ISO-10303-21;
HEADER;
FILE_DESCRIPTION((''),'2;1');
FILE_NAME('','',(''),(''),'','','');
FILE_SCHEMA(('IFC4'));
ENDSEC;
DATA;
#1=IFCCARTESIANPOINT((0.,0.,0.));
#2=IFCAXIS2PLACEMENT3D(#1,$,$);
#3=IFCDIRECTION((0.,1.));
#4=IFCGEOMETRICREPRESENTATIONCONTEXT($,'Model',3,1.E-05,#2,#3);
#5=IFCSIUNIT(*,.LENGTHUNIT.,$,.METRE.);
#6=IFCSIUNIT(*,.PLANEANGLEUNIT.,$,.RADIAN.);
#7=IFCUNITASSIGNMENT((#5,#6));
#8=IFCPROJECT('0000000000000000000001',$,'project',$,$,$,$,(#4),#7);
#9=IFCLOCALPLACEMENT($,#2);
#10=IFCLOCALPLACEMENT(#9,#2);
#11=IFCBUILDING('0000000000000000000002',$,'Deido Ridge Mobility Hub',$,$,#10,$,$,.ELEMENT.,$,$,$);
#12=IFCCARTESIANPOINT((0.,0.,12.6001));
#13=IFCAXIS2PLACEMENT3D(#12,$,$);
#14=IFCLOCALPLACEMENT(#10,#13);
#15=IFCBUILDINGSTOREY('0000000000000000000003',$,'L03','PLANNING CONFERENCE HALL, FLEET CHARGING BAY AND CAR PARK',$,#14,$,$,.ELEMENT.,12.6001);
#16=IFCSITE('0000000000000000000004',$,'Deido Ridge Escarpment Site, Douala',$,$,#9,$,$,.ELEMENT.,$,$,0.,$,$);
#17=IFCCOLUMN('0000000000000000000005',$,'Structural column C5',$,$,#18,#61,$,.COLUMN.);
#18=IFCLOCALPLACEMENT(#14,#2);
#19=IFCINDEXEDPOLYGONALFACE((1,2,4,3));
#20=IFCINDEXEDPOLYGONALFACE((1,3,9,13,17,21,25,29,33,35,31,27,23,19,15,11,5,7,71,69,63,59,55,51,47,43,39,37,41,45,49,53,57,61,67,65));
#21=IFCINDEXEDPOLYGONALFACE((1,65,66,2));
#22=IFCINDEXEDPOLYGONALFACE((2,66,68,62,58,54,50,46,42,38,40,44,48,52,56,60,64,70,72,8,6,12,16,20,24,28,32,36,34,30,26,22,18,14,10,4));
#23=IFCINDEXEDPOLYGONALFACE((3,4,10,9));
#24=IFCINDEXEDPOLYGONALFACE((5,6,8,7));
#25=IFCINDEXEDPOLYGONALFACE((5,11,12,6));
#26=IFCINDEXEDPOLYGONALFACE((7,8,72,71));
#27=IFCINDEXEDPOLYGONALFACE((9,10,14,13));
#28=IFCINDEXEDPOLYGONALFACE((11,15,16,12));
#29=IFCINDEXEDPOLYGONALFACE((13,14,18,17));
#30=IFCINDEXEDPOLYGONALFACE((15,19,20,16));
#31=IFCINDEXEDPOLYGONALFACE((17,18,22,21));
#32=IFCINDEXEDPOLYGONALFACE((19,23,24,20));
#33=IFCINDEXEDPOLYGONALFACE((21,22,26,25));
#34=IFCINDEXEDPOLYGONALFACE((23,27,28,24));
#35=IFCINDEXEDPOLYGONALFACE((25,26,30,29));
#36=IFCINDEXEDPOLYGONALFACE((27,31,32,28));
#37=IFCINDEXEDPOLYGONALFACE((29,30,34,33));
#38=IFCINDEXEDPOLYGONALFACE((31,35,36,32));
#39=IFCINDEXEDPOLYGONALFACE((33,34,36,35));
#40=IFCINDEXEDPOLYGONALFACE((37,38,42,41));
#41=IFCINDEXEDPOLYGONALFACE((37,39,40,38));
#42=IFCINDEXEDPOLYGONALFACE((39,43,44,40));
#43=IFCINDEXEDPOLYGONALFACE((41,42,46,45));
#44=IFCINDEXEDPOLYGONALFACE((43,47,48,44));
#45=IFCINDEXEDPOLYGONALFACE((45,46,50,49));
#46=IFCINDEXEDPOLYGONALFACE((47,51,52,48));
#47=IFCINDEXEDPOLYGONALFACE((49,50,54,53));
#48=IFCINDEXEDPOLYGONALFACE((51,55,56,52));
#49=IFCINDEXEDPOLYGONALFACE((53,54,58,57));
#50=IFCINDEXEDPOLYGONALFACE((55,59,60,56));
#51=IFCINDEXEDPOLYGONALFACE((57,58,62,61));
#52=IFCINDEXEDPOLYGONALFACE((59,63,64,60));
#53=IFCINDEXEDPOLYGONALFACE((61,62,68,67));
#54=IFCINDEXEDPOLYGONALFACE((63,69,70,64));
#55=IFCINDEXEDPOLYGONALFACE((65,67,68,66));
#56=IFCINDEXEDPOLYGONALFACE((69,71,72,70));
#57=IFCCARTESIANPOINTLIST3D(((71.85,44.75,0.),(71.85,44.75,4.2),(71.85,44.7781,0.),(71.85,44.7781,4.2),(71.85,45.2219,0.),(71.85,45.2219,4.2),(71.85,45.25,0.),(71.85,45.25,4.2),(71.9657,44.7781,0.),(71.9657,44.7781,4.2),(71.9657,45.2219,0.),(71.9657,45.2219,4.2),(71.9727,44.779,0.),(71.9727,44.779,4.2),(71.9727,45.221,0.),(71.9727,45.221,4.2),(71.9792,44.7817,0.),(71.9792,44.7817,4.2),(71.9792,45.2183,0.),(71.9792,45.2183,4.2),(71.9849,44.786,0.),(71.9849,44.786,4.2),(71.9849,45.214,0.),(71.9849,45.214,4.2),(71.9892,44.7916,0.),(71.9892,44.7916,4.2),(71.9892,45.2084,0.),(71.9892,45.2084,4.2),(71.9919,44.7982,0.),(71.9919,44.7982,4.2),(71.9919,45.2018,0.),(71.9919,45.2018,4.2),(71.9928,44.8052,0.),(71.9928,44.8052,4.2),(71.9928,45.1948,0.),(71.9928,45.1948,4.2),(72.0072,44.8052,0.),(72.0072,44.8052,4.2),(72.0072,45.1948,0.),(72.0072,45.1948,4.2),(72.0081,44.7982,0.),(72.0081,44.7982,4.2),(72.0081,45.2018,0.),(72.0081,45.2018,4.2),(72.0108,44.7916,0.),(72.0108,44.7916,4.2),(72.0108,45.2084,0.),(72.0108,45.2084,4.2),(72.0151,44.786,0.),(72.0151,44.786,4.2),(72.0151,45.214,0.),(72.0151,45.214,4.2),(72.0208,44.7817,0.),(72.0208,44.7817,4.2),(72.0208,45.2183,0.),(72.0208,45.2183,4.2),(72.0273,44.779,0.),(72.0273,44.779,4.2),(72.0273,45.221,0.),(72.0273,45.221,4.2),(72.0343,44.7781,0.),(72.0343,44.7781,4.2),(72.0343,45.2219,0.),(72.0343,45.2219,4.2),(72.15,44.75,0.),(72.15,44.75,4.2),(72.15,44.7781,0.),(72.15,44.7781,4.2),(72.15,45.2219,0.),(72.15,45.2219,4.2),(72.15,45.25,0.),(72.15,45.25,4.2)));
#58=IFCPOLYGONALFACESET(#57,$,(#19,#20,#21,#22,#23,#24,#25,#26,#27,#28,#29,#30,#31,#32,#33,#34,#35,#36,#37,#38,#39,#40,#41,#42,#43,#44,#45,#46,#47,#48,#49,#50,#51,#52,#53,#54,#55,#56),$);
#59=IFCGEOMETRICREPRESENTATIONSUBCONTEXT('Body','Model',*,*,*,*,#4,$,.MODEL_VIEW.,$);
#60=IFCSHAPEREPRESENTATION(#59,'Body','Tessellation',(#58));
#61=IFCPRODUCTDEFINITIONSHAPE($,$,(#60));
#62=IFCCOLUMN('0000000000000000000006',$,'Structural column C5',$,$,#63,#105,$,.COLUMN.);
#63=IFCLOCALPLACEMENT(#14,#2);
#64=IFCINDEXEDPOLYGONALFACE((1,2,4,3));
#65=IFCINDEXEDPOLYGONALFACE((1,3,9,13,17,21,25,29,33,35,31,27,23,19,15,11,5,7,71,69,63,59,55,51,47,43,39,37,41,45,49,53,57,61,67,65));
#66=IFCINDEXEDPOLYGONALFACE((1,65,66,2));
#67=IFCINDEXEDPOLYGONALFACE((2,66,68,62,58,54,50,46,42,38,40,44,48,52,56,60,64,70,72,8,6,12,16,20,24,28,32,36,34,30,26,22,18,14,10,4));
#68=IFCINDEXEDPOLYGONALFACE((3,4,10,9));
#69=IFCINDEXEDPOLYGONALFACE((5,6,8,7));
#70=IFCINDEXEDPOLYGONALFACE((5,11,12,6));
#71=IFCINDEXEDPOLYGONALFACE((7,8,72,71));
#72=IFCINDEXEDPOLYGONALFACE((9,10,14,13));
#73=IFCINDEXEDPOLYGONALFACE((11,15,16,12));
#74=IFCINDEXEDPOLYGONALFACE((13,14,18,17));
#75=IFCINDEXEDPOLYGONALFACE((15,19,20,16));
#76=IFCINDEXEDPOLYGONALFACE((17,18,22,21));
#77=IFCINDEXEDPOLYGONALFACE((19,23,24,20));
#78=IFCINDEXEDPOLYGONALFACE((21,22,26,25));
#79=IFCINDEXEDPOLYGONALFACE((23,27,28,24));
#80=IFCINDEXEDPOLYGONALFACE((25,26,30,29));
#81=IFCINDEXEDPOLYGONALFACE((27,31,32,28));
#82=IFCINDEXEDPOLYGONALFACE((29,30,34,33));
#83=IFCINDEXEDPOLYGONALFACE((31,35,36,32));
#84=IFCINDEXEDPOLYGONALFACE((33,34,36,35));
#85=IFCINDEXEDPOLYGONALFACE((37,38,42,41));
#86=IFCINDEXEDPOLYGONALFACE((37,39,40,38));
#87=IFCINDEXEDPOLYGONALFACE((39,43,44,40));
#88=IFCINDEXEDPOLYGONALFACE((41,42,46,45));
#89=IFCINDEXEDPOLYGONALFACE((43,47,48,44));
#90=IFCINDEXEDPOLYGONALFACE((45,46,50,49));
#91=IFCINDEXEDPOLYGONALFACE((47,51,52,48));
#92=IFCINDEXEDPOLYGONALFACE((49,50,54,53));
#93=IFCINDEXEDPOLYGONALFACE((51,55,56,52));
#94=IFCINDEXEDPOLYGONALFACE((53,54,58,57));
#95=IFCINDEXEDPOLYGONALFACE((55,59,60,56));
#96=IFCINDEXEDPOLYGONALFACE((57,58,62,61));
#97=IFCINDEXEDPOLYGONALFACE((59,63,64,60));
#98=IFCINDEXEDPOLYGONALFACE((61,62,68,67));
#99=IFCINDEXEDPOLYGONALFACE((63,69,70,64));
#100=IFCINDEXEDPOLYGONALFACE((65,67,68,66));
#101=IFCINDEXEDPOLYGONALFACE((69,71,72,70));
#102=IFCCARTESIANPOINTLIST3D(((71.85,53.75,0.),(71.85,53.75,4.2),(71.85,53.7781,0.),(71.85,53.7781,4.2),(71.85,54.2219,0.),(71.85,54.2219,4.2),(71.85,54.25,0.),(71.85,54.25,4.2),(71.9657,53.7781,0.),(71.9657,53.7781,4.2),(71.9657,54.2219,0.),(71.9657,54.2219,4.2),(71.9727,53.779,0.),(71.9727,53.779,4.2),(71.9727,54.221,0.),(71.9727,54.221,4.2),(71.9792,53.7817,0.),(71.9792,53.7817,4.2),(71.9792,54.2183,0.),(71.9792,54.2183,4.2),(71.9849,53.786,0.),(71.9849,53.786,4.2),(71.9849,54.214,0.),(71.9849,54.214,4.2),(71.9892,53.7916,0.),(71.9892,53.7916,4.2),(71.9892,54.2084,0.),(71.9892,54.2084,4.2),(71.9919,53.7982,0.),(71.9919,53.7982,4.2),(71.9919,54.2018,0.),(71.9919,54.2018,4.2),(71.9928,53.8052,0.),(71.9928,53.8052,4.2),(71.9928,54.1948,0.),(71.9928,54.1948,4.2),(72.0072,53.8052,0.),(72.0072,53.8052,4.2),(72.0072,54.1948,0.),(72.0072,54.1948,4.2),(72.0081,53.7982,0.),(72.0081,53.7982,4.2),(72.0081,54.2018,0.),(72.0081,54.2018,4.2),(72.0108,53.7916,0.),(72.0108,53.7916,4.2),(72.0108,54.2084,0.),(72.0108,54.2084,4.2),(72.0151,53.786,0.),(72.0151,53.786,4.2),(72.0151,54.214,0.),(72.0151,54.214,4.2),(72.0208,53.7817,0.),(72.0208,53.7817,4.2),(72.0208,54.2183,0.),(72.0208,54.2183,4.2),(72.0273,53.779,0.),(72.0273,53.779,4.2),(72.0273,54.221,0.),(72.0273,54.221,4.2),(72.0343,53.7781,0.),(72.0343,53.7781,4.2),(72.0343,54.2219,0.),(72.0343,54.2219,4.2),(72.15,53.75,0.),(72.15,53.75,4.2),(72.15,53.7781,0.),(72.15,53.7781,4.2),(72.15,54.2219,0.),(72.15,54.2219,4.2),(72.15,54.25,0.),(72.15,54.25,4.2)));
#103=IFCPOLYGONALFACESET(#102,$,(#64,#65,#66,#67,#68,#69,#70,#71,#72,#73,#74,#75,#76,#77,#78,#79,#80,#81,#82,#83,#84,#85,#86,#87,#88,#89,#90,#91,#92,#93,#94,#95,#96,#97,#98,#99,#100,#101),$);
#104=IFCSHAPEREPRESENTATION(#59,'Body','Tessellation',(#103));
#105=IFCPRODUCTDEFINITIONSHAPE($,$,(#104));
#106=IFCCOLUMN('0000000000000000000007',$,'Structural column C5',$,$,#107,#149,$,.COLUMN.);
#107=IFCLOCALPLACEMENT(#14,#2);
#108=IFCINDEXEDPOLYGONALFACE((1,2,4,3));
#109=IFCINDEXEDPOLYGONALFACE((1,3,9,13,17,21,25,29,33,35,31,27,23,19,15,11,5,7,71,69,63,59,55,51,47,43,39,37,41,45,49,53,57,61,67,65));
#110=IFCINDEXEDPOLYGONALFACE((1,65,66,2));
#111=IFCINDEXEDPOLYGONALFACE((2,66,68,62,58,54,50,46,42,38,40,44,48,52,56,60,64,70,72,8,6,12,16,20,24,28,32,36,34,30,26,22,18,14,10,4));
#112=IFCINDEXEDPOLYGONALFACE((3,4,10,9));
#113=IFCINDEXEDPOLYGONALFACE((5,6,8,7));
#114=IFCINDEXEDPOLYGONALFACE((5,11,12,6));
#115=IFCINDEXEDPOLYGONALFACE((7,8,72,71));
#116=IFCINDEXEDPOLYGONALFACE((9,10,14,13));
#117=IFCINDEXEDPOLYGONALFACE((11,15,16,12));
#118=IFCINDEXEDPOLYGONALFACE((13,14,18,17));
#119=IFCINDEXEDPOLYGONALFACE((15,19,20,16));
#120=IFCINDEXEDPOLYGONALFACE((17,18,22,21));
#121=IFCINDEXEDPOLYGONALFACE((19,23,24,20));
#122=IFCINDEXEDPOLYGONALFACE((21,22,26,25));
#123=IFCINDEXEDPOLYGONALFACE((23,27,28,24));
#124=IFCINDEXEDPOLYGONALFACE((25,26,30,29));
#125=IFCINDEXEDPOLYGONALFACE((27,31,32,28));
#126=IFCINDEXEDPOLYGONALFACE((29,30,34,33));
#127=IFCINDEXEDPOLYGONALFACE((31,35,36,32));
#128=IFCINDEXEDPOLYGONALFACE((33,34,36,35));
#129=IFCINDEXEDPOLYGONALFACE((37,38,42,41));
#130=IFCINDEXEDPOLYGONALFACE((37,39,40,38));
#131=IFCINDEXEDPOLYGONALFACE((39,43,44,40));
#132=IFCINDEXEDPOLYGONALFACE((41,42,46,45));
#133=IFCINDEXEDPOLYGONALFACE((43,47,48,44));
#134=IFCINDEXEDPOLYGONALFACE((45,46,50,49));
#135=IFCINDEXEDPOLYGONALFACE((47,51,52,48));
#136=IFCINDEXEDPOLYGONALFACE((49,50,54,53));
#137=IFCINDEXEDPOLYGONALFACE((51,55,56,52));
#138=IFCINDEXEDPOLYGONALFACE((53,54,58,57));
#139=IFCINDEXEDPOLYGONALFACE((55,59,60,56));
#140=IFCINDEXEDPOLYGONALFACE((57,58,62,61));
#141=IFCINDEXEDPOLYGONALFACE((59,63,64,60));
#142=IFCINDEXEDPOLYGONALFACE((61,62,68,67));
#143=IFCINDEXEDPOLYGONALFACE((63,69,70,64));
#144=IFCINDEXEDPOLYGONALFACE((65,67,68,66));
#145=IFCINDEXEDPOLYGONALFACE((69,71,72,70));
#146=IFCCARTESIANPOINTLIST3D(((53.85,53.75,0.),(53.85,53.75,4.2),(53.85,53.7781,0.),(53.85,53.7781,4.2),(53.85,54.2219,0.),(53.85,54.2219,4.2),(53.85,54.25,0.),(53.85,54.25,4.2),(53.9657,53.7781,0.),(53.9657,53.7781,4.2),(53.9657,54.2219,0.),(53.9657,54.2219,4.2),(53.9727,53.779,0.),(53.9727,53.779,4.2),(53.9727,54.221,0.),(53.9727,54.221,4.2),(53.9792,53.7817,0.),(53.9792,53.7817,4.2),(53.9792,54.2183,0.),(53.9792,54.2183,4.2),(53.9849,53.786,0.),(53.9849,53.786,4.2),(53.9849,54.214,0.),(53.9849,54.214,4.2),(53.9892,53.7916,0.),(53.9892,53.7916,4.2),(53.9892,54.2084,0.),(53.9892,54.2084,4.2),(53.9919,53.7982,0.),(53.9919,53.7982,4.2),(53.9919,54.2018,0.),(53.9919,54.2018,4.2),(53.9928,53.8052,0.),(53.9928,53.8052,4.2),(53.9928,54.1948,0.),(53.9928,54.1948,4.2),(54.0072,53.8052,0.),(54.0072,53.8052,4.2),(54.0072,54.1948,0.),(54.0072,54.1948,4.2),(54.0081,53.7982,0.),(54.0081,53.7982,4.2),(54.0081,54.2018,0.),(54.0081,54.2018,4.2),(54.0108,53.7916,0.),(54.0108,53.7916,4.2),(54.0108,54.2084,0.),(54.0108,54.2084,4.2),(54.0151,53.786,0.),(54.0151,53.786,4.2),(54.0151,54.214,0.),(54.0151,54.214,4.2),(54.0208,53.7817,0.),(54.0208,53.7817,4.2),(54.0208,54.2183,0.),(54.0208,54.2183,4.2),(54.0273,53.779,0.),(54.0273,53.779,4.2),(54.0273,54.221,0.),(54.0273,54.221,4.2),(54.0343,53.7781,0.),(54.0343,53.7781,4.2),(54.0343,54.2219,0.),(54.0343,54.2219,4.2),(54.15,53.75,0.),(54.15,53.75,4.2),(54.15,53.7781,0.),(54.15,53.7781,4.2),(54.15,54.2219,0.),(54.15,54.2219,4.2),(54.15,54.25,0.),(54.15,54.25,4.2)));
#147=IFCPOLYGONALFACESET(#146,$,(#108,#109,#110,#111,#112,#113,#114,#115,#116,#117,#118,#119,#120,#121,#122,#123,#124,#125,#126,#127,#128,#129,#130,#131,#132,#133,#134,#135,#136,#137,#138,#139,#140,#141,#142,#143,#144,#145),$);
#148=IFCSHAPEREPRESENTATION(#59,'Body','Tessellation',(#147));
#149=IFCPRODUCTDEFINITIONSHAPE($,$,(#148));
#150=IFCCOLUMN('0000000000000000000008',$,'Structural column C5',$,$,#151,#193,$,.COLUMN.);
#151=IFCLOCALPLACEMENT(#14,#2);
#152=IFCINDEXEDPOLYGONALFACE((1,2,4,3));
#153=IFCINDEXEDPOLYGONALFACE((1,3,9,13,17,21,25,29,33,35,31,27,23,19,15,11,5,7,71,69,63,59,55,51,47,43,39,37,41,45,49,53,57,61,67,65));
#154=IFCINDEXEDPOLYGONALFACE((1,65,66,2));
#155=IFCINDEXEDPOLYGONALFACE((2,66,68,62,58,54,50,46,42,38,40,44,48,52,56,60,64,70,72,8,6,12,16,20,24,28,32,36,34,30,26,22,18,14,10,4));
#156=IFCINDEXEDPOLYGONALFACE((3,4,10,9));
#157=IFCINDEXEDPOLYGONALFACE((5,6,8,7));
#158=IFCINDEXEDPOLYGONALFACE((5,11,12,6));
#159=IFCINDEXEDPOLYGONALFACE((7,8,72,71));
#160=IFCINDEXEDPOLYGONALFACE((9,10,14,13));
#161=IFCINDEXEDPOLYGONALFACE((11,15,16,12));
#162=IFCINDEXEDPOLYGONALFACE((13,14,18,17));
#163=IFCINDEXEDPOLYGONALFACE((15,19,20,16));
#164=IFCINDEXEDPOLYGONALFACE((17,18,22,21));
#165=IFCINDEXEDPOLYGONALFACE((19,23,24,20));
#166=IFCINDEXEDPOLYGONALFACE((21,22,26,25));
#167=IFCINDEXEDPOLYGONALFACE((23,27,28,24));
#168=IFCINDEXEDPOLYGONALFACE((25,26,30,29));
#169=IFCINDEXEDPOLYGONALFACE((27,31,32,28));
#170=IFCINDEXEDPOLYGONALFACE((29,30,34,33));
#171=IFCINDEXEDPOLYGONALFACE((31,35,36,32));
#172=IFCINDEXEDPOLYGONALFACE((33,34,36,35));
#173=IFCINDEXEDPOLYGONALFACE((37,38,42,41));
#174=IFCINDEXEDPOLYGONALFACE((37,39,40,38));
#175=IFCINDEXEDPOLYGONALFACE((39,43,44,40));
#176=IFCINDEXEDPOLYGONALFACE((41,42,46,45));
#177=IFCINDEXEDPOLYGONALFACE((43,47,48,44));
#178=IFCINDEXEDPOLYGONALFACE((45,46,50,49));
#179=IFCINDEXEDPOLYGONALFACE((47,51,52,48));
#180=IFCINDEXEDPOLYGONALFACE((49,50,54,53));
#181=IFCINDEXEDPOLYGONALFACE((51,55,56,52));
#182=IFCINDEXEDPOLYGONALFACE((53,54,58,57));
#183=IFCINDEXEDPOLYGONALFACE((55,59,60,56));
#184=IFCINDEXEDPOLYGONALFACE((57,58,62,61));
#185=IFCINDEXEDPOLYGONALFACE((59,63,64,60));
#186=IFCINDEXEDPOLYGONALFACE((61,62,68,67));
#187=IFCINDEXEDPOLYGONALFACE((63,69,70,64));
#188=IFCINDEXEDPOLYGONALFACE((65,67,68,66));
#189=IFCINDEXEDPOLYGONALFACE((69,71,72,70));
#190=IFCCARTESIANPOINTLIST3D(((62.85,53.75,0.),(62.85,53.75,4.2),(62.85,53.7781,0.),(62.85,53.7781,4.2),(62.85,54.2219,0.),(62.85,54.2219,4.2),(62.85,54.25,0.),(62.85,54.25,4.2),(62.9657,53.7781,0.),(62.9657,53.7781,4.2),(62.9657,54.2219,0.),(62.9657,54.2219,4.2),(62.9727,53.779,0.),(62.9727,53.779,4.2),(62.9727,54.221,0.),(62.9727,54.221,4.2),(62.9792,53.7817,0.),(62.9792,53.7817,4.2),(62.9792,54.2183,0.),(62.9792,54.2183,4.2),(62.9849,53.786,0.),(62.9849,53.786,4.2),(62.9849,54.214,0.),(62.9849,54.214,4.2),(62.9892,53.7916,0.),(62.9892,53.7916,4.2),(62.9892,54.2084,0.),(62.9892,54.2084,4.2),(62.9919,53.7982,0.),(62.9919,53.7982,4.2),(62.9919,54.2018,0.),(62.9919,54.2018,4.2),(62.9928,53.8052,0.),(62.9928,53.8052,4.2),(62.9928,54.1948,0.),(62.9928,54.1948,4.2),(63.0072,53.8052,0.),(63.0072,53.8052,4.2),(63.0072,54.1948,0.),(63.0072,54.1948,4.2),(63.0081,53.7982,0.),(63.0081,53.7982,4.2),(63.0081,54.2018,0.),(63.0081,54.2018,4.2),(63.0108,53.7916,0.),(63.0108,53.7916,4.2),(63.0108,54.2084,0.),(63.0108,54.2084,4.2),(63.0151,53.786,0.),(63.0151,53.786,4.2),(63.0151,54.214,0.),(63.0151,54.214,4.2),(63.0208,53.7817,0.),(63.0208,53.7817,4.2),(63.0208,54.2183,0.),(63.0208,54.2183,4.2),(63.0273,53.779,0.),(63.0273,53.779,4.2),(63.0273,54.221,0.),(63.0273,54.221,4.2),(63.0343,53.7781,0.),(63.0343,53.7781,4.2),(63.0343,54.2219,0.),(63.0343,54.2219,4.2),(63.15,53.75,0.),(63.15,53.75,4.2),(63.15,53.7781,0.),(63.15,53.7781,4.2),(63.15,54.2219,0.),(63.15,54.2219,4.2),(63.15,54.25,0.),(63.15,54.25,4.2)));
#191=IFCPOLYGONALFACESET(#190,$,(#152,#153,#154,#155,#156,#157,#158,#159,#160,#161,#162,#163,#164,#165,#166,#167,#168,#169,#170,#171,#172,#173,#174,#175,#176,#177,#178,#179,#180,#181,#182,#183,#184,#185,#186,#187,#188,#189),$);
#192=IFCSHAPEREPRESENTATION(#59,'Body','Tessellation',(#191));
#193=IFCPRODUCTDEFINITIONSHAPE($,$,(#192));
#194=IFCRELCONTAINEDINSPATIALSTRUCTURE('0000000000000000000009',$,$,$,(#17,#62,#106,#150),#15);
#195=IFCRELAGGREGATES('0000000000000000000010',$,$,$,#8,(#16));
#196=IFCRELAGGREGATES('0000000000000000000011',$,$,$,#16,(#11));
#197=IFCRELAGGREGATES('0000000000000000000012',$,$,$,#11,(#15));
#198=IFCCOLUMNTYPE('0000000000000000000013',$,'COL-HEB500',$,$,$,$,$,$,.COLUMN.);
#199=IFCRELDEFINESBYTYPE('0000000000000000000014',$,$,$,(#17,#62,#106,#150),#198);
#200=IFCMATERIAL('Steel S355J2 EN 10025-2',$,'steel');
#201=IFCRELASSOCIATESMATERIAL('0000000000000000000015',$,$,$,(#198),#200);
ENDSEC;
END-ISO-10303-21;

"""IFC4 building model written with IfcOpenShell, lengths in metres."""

from ifc_helpers import new_model, si_unit, direction, frame, origin, origin_2d, place, context, subcontext, project, spatial, i_section, extrude, material, material_profile, profile_set, type_object, element, save


model = new_model("IFC4")

# Units and contexts
model_context = context("Model", 3, precision=1e-05, world=origin(), true_north=direction((0.0, 1.0)))
body_context = subcontext(model_context, "Body", "Model", "MODEL_VIEW")
ifc_project = project(units=[si_unit("LENGTHUNIT", "METRE"), si_unit("PLANEANGLEUNIT", "RADIAN")], contexts=[model_context])

# Site, building, storey
site_placement = place(None, origin())
site = spatial("IfcSite", under=ifc_project, at=site_placement, Name="Deido Ridge Escarpment Site, Douala", CompositionType="ELEMENT", RefElevation=0.0)
building_placement = place(site_placement, origin())
building = spatial("IfcBuilding", under=site, at=building_placement, Name="Deido Ridge Mobility Hub", CompositionType="ELEMENT")
storey_placement = place(building_placement, frame((0.0, 0.0, 12.6001)))
storey = spatial("IfcBuildingStorey", under=building, at=storey_placement, Name="L03", Description="PLANNING CONFERENCE HALL, FLEET CHARGING BAY AND CAR PARK", CompositionType="ELEMENT", Elevation=12.6001)

# Columns
ifc_material_1 = material(Name="Steel S355J2 EN 10025-2", Category="steel")
ifc_material_profile_1 = material_profile(ifc_material_1, i_section(OverallWidth=0.3, OverallDepth=0.5, WebThickness=0.0144, FlangeThickness=0.0281, FilletRadius=0.0271, at=origin_2d()), Name="HEB 500")
ifc_profile_set_1 = profile_set([ifc_material_profile_1], Name="Steel S355J2 EN 10025-2")
column_type_1 = type_object("IfcColumnType", Name="COL-HEB500", PredefinedType="COLUMN", material=ifc_profile_set_1)
for number, where, z_axis, x_axis, name in (
    (1, (72.0, 45.0, 0.0), (0.0, 0.0, 1.0), (1.0, 0.0, 0.0), "Structural column C5"),
    (2, (72.0, 54.0, 0.0), (0.0, 0.0, 1.0), (1.0, 0.0, 0.0), "Structural column C5"),
    (3, (54.0, 54.0, 0.0), (0.0, 0.0, 1.0), (1.0, 0.0, 0.0), "Structural column C5"),
    (4, (63.0, 54.0, 0.0), (0.0, 0.0, 1.0), (1.0, 0.0, 0.0), "Structural column C5"),
):
    element("IfcColumn", number, at=place(storey_placement, frame(where, z_axis=z_axis, x_axis=x_axis)), inside=storey, type_object=column_type_1, Name=name, PredefinedType="COLUMN", context=body_context, shape_type="SweptSolid", body=[
        extrude(i_section(OverallWidth=0.3, OverallDepth=0.5, WebThickness=0.0144, FlangeThickness=0.0281, FilletRadius=0.0271, at=origin_2d()), origin(), (0.0, 0.0, 1.0), 4.2),
    ])

save(model, "model.ifc")
